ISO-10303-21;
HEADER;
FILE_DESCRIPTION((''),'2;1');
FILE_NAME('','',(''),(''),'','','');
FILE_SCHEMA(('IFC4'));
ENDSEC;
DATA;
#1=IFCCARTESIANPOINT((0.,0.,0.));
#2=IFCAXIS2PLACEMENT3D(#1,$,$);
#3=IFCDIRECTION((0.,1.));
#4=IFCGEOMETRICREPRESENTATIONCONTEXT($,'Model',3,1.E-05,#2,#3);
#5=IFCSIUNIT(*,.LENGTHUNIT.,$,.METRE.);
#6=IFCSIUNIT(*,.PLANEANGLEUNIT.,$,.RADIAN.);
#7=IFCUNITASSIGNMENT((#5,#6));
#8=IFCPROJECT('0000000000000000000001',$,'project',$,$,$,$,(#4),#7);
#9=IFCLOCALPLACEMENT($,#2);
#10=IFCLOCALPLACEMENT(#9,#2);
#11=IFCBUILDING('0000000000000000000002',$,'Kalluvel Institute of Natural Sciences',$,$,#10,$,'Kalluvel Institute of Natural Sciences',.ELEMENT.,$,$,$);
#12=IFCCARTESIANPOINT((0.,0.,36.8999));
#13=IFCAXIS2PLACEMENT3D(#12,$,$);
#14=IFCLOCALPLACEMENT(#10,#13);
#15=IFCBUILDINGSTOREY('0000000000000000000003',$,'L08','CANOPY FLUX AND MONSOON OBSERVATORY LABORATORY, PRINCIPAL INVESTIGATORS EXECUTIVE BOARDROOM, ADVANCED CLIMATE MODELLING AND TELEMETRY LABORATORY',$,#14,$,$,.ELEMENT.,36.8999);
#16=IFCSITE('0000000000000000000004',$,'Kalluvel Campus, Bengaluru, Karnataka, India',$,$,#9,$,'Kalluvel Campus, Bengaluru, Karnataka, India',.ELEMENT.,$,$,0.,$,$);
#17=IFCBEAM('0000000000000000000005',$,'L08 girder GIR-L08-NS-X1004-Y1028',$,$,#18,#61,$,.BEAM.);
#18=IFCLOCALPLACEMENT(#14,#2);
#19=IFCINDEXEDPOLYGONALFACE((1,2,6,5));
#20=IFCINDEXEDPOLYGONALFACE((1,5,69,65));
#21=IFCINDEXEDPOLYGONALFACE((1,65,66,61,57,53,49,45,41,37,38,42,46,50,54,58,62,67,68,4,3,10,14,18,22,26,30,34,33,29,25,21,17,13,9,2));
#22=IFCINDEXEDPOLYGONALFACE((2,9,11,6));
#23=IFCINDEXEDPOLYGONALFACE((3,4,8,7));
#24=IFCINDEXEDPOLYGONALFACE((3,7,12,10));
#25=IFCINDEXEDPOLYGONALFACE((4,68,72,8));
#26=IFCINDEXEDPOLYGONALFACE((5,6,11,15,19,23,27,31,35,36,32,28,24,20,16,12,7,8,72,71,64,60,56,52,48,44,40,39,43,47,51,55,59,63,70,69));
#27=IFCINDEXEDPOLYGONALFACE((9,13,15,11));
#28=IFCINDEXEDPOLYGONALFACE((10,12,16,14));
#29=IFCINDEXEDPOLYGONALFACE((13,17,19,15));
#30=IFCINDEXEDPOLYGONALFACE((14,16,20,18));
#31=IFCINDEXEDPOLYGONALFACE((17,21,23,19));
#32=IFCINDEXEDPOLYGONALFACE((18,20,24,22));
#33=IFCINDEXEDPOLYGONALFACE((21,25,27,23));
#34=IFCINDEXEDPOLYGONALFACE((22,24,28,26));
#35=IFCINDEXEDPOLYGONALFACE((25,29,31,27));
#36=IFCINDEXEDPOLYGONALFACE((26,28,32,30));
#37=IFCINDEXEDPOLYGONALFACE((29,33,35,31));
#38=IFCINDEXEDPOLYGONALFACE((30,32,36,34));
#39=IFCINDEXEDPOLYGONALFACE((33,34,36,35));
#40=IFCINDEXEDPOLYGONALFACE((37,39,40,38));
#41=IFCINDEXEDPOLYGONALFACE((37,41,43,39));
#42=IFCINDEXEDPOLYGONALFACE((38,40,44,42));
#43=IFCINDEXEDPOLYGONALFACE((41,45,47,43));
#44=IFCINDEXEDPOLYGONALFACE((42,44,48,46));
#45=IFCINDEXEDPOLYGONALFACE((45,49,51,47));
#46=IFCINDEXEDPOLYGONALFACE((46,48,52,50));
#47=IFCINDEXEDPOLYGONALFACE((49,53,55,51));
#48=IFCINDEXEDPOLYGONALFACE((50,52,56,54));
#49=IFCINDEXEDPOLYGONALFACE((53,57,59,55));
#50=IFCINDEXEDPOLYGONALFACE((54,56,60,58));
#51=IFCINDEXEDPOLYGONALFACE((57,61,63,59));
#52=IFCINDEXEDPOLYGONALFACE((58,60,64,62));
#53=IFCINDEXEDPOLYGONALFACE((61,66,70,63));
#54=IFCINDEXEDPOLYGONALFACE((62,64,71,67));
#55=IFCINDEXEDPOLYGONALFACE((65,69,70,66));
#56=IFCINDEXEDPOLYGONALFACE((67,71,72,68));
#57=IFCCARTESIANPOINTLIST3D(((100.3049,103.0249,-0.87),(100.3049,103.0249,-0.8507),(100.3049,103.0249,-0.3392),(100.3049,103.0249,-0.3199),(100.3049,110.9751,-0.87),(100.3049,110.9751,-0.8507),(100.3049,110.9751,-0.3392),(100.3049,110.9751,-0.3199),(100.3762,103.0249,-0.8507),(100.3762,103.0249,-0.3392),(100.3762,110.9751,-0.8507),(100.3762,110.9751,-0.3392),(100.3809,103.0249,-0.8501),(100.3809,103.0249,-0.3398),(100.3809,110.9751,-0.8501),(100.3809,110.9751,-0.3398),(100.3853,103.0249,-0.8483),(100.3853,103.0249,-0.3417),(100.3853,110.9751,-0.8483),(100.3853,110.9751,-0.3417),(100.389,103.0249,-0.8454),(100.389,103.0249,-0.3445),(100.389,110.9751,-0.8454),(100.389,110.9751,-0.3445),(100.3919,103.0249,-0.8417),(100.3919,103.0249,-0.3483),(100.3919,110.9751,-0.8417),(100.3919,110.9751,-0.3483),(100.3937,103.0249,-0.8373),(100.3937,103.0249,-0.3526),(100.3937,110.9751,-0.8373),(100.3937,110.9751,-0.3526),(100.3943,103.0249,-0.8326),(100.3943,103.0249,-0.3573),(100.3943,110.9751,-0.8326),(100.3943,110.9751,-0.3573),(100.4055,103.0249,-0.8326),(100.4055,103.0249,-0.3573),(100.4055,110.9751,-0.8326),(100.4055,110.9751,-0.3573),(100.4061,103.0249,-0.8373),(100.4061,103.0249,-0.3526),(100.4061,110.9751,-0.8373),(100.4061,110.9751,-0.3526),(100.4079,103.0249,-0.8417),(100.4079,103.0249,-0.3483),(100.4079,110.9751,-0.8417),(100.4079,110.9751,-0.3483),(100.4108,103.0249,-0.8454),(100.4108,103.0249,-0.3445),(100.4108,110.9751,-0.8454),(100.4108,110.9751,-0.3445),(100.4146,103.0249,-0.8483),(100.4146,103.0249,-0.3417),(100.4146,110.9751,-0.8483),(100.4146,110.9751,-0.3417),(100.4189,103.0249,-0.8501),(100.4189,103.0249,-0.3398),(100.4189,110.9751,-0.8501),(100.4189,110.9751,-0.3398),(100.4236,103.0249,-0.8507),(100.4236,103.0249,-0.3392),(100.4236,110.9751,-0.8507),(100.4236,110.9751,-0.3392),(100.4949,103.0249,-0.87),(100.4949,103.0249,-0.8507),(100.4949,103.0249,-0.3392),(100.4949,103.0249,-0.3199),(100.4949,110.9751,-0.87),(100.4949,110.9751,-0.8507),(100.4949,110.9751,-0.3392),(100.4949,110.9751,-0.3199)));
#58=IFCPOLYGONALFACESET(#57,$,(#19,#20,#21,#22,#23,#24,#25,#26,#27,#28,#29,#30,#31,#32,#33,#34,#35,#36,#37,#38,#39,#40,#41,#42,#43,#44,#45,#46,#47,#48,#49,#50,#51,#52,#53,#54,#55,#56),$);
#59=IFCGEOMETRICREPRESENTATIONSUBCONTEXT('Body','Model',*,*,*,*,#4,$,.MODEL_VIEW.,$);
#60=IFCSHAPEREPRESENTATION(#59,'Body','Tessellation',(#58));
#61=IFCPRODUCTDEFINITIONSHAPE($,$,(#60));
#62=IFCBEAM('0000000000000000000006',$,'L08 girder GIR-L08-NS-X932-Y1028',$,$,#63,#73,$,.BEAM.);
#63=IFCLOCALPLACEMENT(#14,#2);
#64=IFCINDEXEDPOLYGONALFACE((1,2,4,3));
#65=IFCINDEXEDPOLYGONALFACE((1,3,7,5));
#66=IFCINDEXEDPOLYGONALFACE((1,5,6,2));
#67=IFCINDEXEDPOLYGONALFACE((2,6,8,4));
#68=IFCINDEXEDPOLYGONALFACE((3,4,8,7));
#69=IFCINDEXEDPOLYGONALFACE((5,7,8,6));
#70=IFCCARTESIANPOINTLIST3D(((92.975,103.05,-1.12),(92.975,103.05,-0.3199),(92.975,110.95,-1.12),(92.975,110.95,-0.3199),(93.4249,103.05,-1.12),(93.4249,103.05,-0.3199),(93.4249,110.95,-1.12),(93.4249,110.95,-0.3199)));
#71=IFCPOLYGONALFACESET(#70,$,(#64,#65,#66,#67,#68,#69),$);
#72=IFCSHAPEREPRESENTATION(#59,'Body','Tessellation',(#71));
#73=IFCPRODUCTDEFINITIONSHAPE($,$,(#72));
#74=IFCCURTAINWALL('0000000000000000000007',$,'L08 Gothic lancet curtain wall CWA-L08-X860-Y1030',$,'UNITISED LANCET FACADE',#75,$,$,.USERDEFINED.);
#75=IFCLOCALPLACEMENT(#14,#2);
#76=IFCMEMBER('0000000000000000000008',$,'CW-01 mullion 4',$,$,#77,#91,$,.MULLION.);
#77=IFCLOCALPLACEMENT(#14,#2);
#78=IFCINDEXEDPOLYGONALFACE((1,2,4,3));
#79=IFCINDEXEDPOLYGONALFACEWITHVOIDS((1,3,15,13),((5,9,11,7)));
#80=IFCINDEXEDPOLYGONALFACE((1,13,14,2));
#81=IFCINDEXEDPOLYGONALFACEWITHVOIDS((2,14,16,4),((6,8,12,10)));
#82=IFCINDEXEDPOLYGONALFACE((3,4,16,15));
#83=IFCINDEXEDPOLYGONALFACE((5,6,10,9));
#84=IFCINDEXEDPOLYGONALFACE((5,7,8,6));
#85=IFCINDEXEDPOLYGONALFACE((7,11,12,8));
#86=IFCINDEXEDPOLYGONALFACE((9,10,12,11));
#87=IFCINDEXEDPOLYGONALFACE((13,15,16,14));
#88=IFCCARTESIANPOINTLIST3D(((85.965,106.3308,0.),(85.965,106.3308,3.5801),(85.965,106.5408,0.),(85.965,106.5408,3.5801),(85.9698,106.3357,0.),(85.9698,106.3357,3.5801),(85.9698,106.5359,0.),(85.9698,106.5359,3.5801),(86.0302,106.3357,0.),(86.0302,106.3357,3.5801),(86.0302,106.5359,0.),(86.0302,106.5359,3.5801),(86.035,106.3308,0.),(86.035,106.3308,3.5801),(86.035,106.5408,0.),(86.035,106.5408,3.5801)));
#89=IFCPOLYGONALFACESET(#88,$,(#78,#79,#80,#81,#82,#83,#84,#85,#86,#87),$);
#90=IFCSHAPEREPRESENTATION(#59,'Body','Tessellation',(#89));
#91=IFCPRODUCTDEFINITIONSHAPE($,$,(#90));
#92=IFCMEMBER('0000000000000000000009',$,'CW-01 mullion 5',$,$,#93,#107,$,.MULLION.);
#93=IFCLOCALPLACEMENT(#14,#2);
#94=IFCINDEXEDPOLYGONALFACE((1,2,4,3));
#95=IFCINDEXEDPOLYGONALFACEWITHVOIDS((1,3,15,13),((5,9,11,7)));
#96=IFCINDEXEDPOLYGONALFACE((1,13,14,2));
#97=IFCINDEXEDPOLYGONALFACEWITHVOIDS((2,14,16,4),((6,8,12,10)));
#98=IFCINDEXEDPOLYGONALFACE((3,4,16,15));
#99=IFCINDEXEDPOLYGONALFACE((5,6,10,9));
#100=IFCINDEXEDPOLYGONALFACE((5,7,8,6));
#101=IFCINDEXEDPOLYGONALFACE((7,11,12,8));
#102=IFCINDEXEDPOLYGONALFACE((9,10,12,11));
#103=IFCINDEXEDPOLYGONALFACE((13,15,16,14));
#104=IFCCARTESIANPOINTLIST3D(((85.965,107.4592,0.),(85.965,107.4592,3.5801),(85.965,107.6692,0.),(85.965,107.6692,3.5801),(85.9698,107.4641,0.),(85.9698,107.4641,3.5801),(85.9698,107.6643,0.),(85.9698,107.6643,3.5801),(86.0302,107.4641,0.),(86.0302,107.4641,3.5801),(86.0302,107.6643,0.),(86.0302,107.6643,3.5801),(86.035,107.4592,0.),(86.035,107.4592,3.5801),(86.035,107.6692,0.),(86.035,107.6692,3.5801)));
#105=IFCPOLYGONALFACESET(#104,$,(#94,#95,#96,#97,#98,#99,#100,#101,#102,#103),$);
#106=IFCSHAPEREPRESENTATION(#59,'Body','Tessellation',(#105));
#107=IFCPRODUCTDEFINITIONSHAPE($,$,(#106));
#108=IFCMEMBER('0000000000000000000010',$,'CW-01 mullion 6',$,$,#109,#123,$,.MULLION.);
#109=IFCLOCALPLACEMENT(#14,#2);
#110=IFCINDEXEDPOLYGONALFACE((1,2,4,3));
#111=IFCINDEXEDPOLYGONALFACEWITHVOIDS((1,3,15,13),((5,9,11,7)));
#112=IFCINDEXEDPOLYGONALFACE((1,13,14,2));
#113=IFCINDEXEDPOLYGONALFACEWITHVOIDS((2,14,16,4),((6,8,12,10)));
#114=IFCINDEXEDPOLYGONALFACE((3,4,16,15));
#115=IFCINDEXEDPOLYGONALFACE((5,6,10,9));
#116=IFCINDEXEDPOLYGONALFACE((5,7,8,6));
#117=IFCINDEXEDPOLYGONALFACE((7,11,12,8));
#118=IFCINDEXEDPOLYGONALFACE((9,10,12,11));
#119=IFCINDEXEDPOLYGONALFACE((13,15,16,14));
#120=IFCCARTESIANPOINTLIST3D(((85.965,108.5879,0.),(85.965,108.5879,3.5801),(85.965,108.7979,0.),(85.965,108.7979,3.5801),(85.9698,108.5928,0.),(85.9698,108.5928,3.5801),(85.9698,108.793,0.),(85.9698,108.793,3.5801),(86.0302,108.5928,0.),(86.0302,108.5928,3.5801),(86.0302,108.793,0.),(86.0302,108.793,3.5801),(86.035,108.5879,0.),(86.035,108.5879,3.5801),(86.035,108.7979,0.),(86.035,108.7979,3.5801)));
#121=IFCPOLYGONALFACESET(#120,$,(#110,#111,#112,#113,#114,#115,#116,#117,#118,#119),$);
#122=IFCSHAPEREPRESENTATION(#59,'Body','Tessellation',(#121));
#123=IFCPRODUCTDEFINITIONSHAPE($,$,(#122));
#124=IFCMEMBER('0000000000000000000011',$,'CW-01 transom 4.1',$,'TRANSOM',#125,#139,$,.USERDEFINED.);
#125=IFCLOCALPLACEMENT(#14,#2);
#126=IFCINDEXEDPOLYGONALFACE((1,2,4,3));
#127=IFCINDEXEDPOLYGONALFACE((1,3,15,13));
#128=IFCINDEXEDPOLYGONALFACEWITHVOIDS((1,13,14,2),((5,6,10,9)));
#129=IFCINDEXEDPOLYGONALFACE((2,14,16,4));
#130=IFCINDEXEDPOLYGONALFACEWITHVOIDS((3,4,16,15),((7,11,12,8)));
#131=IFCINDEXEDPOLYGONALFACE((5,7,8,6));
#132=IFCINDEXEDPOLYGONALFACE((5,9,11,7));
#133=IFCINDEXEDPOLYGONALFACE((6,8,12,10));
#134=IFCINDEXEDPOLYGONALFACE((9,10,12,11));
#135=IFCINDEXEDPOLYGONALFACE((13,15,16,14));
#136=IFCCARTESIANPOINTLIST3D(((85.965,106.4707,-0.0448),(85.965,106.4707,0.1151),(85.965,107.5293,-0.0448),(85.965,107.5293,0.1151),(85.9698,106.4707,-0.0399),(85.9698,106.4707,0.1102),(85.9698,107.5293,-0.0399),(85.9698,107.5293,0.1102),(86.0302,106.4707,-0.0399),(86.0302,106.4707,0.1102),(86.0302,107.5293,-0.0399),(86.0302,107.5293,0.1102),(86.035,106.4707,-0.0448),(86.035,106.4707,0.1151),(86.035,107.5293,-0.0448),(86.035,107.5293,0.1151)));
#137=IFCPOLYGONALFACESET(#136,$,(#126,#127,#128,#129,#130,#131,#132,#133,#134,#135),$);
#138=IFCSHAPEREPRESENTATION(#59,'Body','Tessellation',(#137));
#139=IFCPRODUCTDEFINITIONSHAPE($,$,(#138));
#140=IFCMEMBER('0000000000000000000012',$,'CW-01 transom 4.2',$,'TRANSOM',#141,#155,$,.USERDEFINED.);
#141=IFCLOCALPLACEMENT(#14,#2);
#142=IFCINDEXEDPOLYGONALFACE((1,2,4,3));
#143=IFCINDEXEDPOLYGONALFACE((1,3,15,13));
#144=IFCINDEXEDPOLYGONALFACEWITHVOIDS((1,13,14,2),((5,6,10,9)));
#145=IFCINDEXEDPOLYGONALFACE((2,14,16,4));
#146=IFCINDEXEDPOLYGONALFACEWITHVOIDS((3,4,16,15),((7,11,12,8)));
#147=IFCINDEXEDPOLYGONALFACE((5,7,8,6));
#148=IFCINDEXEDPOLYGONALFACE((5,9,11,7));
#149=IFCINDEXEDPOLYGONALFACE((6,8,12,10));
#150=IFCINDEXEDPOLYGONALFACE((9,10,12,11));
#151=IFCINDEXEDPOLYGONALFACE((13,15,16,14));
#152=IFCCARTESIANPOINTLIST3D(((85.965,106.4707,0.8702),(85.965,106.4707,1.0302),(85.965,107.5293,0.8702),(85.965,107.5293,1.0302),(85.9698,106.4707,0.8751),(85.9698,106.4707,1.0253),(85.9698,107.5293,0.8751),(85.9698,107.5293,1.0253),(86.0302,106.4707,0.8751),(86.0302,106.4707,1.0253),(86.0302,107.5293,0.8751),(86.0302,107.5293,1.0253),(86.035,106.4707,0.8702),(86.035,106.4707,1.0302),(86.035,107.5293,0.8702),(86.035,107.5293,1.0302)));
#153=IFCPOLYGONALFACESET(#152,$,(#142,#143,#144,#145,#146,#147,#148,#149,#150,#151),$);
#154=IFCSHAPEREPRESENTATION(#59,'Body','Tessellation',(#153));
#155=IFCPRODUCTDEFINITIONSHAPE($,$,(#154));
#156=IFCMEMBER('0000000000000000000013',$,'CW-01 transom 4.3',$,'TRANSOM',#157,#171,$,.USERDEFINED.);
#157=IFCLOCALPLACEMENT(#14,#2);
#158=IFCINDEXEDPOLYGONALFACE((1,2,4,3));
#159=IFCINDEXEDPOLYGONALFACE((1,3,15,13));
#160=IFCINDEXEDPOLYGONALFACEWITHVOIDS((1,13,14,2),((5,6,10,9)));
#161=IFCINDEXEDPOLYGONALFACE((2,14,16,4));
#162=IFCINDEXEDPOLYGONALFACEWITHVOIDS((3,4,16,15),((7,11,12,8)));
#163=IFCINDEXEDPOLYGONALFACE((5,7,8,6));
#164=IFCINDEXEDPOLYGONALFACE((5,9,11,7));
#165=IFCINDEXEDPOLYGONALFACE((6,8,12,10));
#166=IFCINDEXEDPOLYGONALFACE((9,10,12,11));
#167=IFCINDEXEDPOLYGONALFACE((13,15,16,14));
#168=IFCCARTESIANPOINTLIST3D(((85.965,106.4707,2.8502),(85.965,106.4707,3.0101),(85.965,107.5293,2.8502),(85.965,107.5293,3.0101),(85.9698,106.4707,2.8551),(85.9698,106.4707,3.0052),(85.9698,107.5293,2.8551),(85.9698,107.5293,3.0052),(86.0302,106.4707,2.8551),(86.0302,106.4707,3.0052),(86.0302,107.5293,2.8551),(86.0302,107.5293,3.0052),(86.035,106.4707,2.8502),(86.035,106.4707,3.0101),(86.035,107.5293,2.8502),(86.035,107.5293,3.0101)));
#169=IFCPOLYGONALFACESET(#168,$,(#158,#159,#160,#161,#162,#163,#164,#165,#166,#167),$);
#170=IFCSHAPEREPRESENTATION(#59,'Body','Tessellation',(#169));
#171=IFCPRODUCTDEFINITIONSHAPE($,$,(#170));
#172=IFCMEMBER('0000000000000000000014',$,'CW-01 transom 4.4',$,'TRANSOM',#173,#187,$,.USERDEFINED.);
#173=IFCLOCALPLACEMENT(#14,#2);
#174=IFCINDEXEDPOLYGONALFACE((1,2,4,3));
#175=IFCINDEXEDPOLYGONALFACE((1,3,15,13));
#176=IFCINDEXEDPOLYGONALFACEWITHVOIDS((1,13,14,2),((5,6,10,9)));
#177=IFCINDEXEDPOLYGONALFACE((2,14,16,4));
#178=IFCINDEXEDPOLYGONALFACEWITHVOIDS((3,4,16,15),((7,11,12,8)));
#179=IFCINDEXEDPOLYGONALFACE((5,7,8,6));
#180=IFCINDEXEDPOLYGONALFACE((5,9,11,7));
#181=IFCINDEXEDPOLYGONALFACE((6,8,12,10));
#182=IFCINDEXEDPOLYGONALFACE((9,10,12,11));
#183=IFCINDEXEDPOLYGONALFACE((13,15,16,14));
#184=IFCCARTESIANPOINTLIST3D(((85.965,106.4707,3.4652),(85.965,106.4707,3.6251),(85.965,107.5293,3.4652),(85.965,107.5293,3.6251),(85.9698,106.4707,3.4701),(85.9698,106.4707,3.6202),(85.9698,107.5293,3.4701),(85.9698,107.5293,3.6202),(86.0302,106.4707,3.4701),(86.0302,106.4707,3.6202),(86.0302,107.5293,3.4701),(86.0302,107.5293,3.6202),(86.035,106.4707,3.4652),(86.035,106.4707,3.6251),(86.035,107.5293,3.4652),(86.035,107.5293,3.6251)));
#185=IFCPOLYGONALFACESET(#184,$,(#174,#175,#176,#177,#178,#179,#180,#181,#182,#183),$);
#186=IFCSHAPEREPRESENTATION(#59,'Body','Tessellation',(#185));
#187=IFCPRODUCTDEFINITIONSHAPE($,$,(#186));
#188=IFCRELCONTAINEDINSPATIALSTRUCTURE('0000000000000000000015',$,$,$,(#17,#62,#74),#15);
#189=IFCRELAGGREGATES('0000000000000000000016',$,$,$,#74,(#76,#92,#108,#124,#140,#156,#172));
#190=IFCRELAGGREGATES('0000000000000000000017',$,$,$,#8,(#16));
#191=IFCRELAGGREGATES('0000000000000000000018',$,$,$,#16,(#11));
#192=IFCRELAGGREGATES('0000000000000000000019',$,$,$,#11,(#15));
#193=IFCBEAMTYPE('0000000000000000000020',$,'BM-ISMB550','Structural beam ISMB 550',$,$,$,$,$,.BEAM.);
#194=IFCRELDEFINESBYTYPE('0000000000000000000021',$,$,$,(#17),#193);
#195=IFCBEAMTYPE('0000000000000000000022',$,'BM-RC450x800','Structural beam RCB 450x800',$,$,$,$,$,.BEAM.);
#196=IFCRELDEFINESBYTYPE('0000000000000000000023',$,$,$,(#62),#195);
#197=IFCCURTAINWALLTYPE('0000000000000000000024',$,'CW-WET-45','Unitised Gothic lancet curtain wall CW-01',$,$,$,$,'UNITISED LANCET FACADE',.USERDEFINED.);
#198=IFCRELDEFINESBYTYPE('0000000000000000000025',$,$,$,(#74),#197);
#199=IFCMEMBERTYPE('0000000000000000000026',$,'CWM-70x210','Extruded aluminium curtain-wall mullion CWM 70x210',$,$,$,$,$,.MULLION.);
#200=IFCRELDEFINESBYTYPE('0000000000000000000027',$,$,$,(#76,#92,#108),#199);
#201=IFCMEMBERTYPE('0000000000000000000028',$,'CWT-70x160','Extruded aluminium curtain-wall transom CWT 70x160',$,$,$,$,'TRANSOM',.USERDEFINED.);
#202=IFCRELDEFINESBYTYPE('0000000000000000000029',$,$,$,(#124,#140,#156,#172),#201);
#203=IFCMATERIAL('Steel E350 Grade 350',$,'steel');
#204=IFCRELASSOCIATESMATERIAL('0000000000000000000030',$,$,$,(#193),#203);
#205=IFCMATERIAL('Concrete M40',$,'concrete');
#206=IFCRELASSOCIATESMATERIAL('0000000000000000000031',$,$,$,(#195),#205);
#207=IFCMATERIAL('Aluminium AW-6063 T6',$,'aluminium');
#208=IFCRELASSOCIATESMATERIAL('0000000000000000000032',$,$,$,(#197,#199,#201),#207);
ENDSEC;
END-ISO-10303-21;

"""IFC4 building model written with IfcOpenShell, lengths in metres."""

from ifc_helpers import new_model, si_unit, direction, frame, origin, origin_2d, place, context, subcontext, project, spatial, rectangle, hollow_rectangle, i_section, extrude, material, material_profile, profile_set, type_object, element, aggregate, save


model = new_model("IFC4")

# Units and contexts
model_context = context("Model", 3, precision=1e-05, world=origin(), true_north=direction((0.0, 1.0)))
body_context = subcontext(model_context, "Body", "Model", "MODEL_VIEW")
ifc_project = project(units=[si_unit("LENGTHUNIT", "METRE"), si_unit("PLANEANGLEUNIT", "RADIAN")], contexts=[model_context])

# Site, building, storey
site_placement = place(None, origin())
site = spatial("IfcSite", under=ifc_project, at=site_placement, Name="Kalluvel Campus, Bengaluru, Karnataka, India", LongName="Kalluvel Campus, Bengaluru, Karnataka, India", CompositionType="ELEMENT", RefElevation=0.0)
building_placement = place(site_placement, origin())
building = spatial("IfcBuilding", under=site, at=building_placement, Name="Kalluvel Institute of Natural Sciences", LongName="Kalluvel Institute of Natural Sciences", CompositionType="ELEMENT")
storey_placement = place(building_placement, frame((0.0, 0.0, 36.8999)))
storey = spatial("IfcBuildingStorey", under=building, at=storey_placement, Name="L08", Description="CANOPY FLUX AND MONSOON OBSERVATORY LABORATORY, PRINCIPAL INVESTIGATORS EXECUTIVE BOARDROOM, ADVANCED CLIMATE MODELLING AND TELEMETRY LABORATORY", CompositionType="ELEMENT", Elevation=36.8999)

# Beams
ifc_material_1 = material(Name="Steel E350 Grade 350", Category="steel")
ifc_material_profile_1 = material_profile(ifc_material_1, i_section(OverallWidth=0.1899, OverallDepth=0.55, WebThickness=0.0112, FlangeThickness=0.0193, FilletRadius=0.0181, at=origin_2d()), Name="ISMB 550")
ifc_profile_set_1 = profile_set([ifc_material_profile_1], Name="Steel E350 Grade 350")
beam_type_1 = type_object("IfcBeamType", Name="BM-ISMB550", Description="Structural beam ISMB 550", PredefinedType="BEAM", material=ifc_profile_set_1)
beam_1_placement = place(storey_placement, frame((100.3999, 103.0249, -0.595), z_axis=(0.0, 1.0, 0.0), x_axis=(-1.0, 0.0, 0.0)))
element("IfcBeam", 1, at=beam_1_placement, inside=storey, type_object=beam_type_1, Name="L08 girder GIR-L08-NS-X1004-Y1028", PredefinedType="BEAM", context=body_context, shape_type="SweptSolid", body=[
    extrude(i_section(OverallWidth=0.1899, OverallDepth=0.55, WebThickness=0.0112, FlangeThickness=0.0193, FilletRadius=0.0181, at=origin_2d()), origin(), (0.0, 0.0, 1.0), 7.9502),
])
ifc_material_2 = material(Name="Concrete M40", Category="concrete")
ifc_material_profile_2 = material_profile(ifc_material_2, rectangle(XDim=0.45, YDim=0.8, at=origin_2d()), Name="RCB 450x800")
ifc_profile_set_2 = profile_set([ifc_material_profile_2], Name="Concrete M40")
beam_type_2 = type_object("IfcBeamType", Name="BM-RC450x800", Description="Structural beam RCB 450x800", PredefinedType="BEAM", material=ifc_profile_set_2)
beam_2_placement = place(storey_placement, frame((93.2, 103.05, -0.72), z_axis=(0.0, 1.0, 0.0), x_axis=(-1.0, 0.0, 0.0)))
element("IfcBeam", 2, at=beam_2_placement, inside=storey, type_object=beam_type_2, Name="L08 girder GIR-L08-NS-X932-Y1028", PredefinedType="BEAM", context=body_context, shape_type="SweptSolid", body=[
    extrude(rectangle(XDim=0.45, YDim=0.8, at=origin_2d()), origin(), (0.0, 0.0, 1.0), 7.8999),
])

# Curtain wall, members
ifc_material_3 = material(Name="Aluminium AW-6063 T6", Category="aluminium")
curtain_wall_type = type_object("IfcCurtainWallType", Name="CW-WET-45", Description="Unitised Gothic lancet curtain wall CW-01", ElementType="UNITISED LANCET FACADE", PredefinedType="USERDEFINED", material=ifc_material_3)
curtain_wall_placement = place(storey_placement, origin())
curtain_wall = element("IfcCurtainWall", 3, at=curtain_wall_placement, inside=storey, type_object=curtain_wall_type, Name="L08 Gothic lancet curtain wall CWA-L08-X860-Y1030", ObjectType="UNITISED LANCET FACADE", PredefinedType="USERDEFINED")
ifc_material_profile_3 = material_profile(ifc_material_3, hollow_rectangle(XDim=0.0701, YDim=0.21, WallThickness=0.0049, at=origin_2d()), Name="CWM 70x210")
ifc_profile_set_3 = profile_set([ifc_material_profile_3], Name="Aluminium AW-6063 T6")
member_type_1 = type_object("IfcMemberType", Name="CWM-70x210", Description="Extruded aluminium curtain-wall mullion CWM 70x210", PredefinedType="MULLION", material=ifc_profile_set_3)
member_1_placement = place(storey_placement, frame((86.0, 106.4358, 0.0), z_axis=(0.0, 0.0, 1.0), x_axis=(-1.0, 0.0, 0.0)))
member_1 = element("IfcMember", 4, at=member_1_placement, type_object=member_type_1, Name="CW-01 mullion 4", PredefinedType="MULLION", context=body_context, shape_type="SweptSolid", body=[
    extrude(hollow_rectangle(XDim=0.0701, YDim=0.21, WallThickness=0.0049, at=origin_2d()), origin(), (0.0, 0.0, 1.0), 3.5801),
])
member_2_placement = place(storey_placement, frame((86.0, 107.5642, 0.0), z_axis=(0.0, 0.0, 1.0), x_axis=(-1.0, 0.0, 0.0)))
member_2 = element("IfcMember", 5, at=member_2_placement, type_object=member_type_1, Name="CW-01 mullion 5", PredefinedType="MULLION", context=body_context, shape_type="SweptSolid", body=[
    extrude(hollow_rectangle(XDim=0.0701, YDim=0.21, WallThickness=0.0049, at=origin_2d()), origin(), (0.0, 0.0, 1.0), 3.5801),
])
member_3_placement = place(storey_placement, frame((86.0, 108.6929, 0.0), z_axis=(0.0, 0.0, 1.0), x_axis=(-1.0, 0.0, 0.0)))
member_3 = element("IfcMember", 6, at=member_3_placement, type_object=member_type_1, Name="CW-01 mullion 6", PredefinedType="MULLION", context=body_context, shape_type="SweptSolid", body=[
    extrude(hollow_rectangle(XDim=0.0701, YDim=0.21, WallThickness=0.0049, at=origin_2d()), origin(), (0.0, 0.0, 1.0), 3.5801),
])
ifc_material_profile_4 = material_profile(ifc_material_3, hollow_rectangle(XDim=0.0701, YDim=0.1599, WallThickness=0.0049, at=origin_2d()), Name="CWT 70x160")
ifc_profile_set_4 = profile_set([ifc_material_profile_4], Name="Aluminium AW-6063 T6")
member_type_2 = type_object("IfcMemberType", Name="CWT-70x160", Description="Extruded aluminium curtain-wall transom CWT 70x160", ElementType="TRANSOM", PredefinedType="USERDEFINED", material=ifc_profile_set_4)
member_4_placement = place(storey_placement, frame((86.0, 106.4707, 0.0352), z_axis=(0.0, 1.0, 0.0), x_axis=(-1.0, 0.0, 0.0)))
member_4 = element("IfcMember", 7, at=member_4_placement, type_object=member_type_2, Name="CW-01 transom 4.1", ObjectType="TRANSOM", PredefinedType="USERDEFINED", context=body_context, shape_type="SweptSolid", body=[
    extrude(hollow_rectangle(XDim=0.0701, YDim=0.1599, WallThickness=0.0049, at=origin_2d()), origin(), (0.0, 0.0, 1.0), 1.0586),
])
member_5_placement = place(storey_placement, frame((86.0, 106.4707, 0.9502), z_axis=(0.0, 1.0, 0.0), x_axis=(-1.0, 0.0, 0.0)))
member_5 = element("IfcMember", 8, at=member_5_placement, type_object=member_type_2, Name="CW-01 transom 4.2", ObjectType="TRANSOM", PredefinedType="USERDEFINED", context=body_context, shape_type="SweptSolid", body=[
    extrude(hollow_rectangle(XDim=0.0701, YDim=0.1599, WallThickness=0.0049, at=origin_2d()), origin(), (0.0, 0.0, 1.0), 1.0586),
])
member_6_placement = place(storey_placement, frame((86.0, 106.4707, 2.9302), z_axis=(0.0, 1.0, 0.0), x_axis=(-1.0, 0.0, 0.0)))
member_6 = element("IfcMember", 9, at=member_6_placement, type_object=member_type_2, Name="CW-01 transom 4.3", ObjectType="TRANSOM", PredefinedType="USERDEFINED", context=body_context, shape_type="SweptSolid", body=[
    extrude(hollow_rectangle(XDim=0.0701, YDim=0.1599, WallThickness=0.0049, at=origin_2d()), origin(), (0.0, 0.0, 1.0), 1.0586),
])
member_7_placement = place(storey_placement, frame((86.0, 106.4707, 3.5452), z_axis=(0.0, 1.0, 0.0), x_axis=(-1.0, 0.0, 0.0)))
member_7 = element("IfcMember", 10, at=member_7_placement, type_object=member_type_2, Name="CW-01 transom 4.4", ObjectType="TRANSOM", PredefinedType="USERDEFINED", context=body_context, shape_type="SweptSolid", body=[
    extrude(hollow_rectangle(XDim=0.0701, YDim=0.1599, WallThickness=0.0049, at=origin_2d()), origin(), (0.0, 0.0, 1.0), 1.0586),
])
aggregate(curtain_wall, [member_1, member_2, member_3, member_4, member_5, member_6, member_7])

save(model, "model.ifc")
